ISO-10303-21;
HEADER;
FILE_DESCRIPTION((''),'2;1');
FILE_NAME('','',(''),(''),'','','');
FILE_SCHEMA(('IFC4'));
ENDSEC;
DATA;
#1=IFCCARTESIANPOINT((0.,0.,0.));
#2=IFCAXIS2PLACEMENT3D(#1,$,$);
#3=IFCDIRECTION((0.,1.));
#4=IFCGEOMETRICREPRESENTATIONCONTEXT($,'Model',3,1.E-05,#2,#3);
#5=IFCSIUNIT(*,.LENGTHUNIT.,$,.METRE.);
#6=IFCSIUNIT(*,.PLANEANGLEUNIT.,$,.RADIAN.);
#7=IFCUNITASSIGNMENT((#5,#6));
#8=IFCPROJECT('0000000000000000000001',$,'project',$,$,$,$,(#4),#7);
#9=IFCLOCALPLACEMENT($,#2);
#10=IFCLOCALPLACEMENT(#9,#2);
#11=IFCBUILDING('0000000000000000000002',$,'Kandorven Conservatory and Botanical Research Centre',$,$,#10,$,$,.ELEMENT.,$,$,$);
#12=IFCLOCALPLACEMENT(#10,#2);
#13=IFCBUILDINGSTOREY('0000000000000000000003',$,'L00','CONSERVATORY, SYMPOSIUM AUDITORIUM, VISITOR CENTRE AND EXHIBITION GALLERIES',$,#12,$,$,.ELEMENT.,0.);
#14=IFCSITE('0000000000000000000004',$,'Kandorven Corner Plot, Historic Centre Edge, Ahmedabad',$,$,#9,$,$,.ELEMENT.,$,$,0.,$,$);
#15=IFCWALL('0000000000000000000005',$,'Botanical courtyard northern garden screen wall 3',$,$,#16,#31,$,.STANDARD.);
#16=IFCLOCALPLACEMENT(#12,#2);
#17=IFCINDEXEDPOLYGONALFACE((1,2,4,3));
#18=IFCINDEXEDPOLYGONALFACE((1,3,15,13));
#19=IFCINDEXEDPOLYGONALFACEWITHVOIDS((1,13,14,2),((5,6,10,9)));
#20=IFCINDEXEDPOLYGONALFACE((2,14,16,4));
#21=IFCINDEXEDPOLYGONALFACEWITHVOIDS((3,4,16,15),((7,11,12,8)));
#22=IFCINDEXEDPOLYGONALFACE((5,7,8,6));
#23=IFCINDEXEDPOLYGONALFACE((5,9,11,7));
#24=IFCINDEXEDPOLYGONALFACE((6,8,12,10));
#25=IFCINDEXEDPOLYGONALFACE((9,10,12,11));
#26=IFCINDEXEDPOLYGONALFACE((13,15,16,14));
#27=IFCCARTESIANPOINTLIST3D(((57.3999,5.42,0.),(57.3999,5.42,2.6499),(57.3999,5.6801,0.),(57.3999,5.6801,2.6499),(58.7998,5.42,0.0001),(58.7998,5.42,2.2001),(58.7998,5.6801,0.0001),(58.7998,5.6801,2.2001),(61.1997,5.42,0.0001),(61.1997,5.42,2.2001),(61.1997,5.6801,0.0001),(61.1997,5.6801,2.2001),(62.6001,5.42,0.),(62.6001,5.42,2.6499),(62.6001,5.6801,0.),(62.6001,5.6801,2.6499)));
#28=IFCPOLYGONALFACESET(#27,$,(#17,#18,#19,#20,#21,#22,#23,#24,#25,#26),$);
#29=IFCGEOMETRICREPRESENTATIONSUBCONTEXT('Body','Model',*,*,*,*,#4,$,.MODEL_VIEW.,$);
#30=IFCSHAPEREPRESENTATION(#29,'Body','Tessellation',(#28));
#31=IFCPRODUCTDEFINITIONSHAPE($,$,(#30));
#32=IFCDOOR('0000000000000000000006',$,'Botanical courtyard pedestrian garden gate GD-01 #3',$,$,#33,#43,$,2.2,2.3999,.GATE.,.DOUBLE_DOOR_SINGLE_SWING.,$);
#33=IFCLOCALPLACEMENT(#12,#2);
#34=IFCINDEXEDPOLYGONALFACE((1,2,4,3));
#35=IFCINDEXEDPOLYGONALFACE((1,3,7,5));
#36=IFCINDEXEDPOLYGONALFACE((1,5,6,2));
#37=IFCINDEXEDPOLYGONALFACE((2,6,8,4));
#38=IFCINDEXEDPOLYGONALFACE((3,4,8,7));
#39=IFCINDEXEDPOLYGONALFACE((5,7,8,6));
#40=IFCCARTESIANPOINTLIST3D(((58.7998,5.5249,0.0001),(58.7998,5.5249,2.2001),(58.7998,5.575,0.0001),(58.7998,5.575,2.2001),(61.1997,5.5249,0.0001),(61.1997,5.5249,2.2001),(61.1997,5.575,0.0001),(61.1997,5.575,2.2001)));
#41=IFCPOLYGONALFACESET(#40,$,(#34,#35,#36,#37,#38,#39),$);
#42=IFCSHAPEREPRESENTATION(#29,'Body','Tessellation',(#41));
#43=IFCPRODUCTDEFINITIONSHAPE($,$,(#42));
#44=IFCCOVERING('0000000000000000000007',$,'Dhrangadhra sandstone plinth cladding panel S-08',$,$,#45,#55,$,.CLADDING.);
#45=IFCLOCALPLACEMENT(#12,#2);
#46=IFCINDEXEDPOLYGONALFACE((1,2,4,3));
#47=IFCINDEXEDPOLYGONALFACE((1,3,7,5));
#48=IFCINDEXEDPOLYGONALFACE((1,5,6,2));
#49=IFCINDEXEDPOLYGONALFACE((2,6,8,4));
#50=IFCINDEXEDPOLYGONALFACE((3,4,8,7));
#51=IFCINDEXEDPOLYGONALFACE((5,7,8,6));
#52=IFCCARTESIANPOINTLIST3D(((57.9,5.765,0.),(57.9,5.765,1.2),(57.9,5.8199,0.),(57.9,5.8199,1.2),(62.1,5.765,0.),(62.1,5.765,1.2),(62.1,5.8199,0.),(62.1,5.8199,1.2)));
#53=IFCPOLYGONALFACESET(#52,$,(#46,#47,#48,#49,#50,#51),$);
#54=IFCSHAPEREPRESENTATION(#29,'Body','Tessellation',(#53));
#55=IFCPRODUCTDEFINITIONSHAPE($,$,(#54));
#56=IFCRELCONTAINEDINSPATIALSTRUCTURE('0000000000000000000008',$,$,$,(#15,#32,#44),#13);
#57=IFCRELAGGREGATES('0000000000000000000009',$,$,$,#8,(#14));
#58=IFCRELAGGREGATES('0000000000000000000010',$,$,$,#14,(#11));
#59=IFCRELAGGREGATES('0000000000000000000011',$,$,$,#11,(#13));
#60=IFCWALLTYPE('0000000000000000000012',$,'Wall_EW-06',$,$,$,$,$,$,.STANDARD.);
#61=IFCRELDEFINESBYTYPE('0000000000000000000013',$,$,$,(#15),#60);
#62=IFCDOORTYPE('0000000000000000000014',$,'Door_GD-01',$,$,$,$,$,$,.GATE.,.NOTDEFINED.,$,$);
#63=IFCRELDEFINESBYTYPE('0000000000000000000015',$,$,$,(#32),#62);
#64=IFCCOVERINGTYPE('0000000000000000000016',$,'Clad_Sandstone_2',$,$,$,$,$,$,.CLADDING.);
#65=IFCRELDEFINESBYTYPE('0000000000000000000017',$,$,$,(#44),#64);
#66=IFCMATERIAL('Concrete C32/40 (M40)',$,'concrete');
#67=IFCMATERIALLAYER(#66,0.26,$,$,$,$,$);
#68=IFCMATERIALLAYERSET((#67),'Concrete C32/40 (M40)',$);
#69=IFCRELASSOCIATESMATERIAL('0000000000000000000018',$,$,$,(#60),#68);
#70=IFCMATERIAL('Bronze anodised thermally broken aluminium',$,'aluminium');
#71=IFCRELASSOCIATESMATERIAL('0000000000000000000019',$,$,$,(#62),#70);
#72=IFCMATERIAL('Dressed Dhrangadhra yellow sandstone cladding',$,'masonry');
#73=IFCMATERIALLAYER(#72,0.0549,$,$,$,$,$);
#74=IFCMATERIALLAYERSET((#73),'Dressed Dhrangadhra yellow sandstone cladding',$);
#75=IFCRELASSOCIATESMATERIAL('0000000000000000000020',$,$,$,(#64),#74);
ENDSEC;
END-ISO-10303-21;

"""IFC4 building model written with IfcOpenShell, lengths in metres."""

from ifc_helpers import new_model, si_unit, direction, frame, frame_2d, origin, origin_2d, place, context, subcontext, project, spatial, rectangle, extrude, material, layer, layer_set, type_object, element, fill, save


model = new_model("IFC4")

# Units and contexts
model_context = context("Model", 3, precision=1e-05, world=origin(), true_north=direction((0.0, 1.0)))
body_context = subcontext(model_context, "Body", "Model", "MODEL_VIEW")
ifc_project = project(units=[si_unit("LENGTHUNIT", "METRE"), si_unit("PLANEANGLEUNIT", "RADIAN")], contexts=[model_context])

# Site, building, storey
site_placement = place(None, origin())
site = spatial("IfcSite", under=ifc_project, at=site_placement, Name="Kandorven Corner Plot, Historic Centre Edge, Ahmedabad", CompositionType="ELEMENT", RefElevation=0.0)
building_placement = place(site_placement, origin())
building = spatial("IfcBuilding", under=site, at=building_placement, Name="Kandorven Conservatory and Botanical Research Centre", CompositionType="ELEMENT")
storey_placement = place(building_placement, origin())
storey = spatial("IfcBuildingStorey", under=building, at=storey_placement, Name="L00", Description="CONSERVATORY, SYMPOSIUM AUDITORIUM, VISITOR CENTRE AND EXHIBITION GALLERIES", CompositionType="ELEMENT", Elevation=0.0)

# Wall, opening, door
ifc_material_1 = material(Name="Concrete C32/40 (M40)", Category="concrete")
ifc_layer_1 = layer(ifc_material_1, 0.26)
ifc_layer_set_1 = layer_set([ifc_layer_1], Name="Concrete C32/40 (M40)")
wall_type_1 = type_object("IfcWallType", Name="Wall_EW-06", PredefinedType="STANDARD", material=ifc_layer_set_1)
wall_1_placement = place(storey_placement, frame((57.3999, 5.55, 0.0), z_axis=(0.0, 0.0, 1.0), x_axis=(1.0, 0.0, 0.0)))
wall_1 = element("IfcWall", 1, at=wall_1_placement, inside=storey, type_object=wall_type_1, Name="Botanical courtyard northern garden screen wall 3", PredefinedType="STANDARD", context=body_context, shape_type="SweptSolid", body=[
    extrude(rectangle(XDim=5.2002, YDim=0.26, at=frame_2d((2.6001, 0.0))), origin(), (0.0, 0.0, 1.0), 2.6499),
])
opening_1_placement = place(wall_1_placement, frame((1.3999, 0.0, 0.0)))
opening_1 = element("IfcOpeningElement", 2, at=opening_1_placement, cuts=wall_1, PredefinedType="OPENING", context=body_context, shape_type="SweptSolid", body=[
    extrude(rectangle(XDim=2.3999, YDim=2.2, at=frame_2d((1.2, 1.1001))), frame((0.0, 0.1399, 0.0), z_axis=(0.0, -1.0, 0.0), x_axis=(1.0, 0.0, 0.0)), (0.0, 0.0, 1.0), 0.28),
])
ifc_material_2 = material(Name="Bronze anodised thermally broken aluminium", Category="aluminium")
door_type_1 = type_object("IfcDoorType", Name="Door_GD-01", OperationType="NOTDEFINED", PredefinedType="GATE", material=ifc_material_2)
door_1_placement = place(opening_1_placement, origin())
door_1 = element("IfcDoor", 3, at=door_1_placement, inside=storey, type_object=door_type_1, Name="Botanical courtyard pedestrian garden gate GD-01 #3", OperationType="DOUBLE_DOOR_SINGLE_SWING", OverallHeight=2.2, OverallWidth=2.3999, PredefinedType="GATE", context=body_context, shape_type="SweptSolid", body=[
    extrude(rectangle(XDim=2.3999, YDim=2.2, at=frame_2d((1.2, 1.1001))), frame((0.0, 0.0249, 0.0), z_axis=(0.0, -1.0, 0.0), x_axis=(1.0, 0.0, 0.0)), (0.0, 0.0, 1.0), 0.05),
])
fill(opening_1, door_1)

# Covering
ifc_material_3 = material(Name="Dressed Dhrangadhra yellow sandstone cladding", Category="masonry")
ifc_layer_2 = layer(ifc_material_3, 0.0549)
ifc_layer_set_2 = layer_set([ifc_layer_2], Name="Dressed Dhrangadhra yellow sandstone cladding")
covering_type = type_object("IfcCoveringType", Name="Clad_Sandstone_2", PredefinedType="CLADDING", material=ifc_layer_set_2)
covering_placement = place(storey_placement, frame((60.0, 5.7925, 0.0), z_axis=(0.0, 0.0, 1.0), x_axis=(1.0, 0.0, 0.0)))
element("IfcCovering", 4, at=covering_placement, inside=storey, type_object=covering_type, Name="Dhrangadhra sandstone plinth cladding panel S-08", PredefinedType="CLADDING", context=body_context, shape_type="SweptSolid", body=[
    extrude(rectangle(XDim=4.2, YDim=0.0549, at=origin_2d()), origin(), (0.0, 0.0, 1.0), 1.2),
])

save(model, "model.ifc")
